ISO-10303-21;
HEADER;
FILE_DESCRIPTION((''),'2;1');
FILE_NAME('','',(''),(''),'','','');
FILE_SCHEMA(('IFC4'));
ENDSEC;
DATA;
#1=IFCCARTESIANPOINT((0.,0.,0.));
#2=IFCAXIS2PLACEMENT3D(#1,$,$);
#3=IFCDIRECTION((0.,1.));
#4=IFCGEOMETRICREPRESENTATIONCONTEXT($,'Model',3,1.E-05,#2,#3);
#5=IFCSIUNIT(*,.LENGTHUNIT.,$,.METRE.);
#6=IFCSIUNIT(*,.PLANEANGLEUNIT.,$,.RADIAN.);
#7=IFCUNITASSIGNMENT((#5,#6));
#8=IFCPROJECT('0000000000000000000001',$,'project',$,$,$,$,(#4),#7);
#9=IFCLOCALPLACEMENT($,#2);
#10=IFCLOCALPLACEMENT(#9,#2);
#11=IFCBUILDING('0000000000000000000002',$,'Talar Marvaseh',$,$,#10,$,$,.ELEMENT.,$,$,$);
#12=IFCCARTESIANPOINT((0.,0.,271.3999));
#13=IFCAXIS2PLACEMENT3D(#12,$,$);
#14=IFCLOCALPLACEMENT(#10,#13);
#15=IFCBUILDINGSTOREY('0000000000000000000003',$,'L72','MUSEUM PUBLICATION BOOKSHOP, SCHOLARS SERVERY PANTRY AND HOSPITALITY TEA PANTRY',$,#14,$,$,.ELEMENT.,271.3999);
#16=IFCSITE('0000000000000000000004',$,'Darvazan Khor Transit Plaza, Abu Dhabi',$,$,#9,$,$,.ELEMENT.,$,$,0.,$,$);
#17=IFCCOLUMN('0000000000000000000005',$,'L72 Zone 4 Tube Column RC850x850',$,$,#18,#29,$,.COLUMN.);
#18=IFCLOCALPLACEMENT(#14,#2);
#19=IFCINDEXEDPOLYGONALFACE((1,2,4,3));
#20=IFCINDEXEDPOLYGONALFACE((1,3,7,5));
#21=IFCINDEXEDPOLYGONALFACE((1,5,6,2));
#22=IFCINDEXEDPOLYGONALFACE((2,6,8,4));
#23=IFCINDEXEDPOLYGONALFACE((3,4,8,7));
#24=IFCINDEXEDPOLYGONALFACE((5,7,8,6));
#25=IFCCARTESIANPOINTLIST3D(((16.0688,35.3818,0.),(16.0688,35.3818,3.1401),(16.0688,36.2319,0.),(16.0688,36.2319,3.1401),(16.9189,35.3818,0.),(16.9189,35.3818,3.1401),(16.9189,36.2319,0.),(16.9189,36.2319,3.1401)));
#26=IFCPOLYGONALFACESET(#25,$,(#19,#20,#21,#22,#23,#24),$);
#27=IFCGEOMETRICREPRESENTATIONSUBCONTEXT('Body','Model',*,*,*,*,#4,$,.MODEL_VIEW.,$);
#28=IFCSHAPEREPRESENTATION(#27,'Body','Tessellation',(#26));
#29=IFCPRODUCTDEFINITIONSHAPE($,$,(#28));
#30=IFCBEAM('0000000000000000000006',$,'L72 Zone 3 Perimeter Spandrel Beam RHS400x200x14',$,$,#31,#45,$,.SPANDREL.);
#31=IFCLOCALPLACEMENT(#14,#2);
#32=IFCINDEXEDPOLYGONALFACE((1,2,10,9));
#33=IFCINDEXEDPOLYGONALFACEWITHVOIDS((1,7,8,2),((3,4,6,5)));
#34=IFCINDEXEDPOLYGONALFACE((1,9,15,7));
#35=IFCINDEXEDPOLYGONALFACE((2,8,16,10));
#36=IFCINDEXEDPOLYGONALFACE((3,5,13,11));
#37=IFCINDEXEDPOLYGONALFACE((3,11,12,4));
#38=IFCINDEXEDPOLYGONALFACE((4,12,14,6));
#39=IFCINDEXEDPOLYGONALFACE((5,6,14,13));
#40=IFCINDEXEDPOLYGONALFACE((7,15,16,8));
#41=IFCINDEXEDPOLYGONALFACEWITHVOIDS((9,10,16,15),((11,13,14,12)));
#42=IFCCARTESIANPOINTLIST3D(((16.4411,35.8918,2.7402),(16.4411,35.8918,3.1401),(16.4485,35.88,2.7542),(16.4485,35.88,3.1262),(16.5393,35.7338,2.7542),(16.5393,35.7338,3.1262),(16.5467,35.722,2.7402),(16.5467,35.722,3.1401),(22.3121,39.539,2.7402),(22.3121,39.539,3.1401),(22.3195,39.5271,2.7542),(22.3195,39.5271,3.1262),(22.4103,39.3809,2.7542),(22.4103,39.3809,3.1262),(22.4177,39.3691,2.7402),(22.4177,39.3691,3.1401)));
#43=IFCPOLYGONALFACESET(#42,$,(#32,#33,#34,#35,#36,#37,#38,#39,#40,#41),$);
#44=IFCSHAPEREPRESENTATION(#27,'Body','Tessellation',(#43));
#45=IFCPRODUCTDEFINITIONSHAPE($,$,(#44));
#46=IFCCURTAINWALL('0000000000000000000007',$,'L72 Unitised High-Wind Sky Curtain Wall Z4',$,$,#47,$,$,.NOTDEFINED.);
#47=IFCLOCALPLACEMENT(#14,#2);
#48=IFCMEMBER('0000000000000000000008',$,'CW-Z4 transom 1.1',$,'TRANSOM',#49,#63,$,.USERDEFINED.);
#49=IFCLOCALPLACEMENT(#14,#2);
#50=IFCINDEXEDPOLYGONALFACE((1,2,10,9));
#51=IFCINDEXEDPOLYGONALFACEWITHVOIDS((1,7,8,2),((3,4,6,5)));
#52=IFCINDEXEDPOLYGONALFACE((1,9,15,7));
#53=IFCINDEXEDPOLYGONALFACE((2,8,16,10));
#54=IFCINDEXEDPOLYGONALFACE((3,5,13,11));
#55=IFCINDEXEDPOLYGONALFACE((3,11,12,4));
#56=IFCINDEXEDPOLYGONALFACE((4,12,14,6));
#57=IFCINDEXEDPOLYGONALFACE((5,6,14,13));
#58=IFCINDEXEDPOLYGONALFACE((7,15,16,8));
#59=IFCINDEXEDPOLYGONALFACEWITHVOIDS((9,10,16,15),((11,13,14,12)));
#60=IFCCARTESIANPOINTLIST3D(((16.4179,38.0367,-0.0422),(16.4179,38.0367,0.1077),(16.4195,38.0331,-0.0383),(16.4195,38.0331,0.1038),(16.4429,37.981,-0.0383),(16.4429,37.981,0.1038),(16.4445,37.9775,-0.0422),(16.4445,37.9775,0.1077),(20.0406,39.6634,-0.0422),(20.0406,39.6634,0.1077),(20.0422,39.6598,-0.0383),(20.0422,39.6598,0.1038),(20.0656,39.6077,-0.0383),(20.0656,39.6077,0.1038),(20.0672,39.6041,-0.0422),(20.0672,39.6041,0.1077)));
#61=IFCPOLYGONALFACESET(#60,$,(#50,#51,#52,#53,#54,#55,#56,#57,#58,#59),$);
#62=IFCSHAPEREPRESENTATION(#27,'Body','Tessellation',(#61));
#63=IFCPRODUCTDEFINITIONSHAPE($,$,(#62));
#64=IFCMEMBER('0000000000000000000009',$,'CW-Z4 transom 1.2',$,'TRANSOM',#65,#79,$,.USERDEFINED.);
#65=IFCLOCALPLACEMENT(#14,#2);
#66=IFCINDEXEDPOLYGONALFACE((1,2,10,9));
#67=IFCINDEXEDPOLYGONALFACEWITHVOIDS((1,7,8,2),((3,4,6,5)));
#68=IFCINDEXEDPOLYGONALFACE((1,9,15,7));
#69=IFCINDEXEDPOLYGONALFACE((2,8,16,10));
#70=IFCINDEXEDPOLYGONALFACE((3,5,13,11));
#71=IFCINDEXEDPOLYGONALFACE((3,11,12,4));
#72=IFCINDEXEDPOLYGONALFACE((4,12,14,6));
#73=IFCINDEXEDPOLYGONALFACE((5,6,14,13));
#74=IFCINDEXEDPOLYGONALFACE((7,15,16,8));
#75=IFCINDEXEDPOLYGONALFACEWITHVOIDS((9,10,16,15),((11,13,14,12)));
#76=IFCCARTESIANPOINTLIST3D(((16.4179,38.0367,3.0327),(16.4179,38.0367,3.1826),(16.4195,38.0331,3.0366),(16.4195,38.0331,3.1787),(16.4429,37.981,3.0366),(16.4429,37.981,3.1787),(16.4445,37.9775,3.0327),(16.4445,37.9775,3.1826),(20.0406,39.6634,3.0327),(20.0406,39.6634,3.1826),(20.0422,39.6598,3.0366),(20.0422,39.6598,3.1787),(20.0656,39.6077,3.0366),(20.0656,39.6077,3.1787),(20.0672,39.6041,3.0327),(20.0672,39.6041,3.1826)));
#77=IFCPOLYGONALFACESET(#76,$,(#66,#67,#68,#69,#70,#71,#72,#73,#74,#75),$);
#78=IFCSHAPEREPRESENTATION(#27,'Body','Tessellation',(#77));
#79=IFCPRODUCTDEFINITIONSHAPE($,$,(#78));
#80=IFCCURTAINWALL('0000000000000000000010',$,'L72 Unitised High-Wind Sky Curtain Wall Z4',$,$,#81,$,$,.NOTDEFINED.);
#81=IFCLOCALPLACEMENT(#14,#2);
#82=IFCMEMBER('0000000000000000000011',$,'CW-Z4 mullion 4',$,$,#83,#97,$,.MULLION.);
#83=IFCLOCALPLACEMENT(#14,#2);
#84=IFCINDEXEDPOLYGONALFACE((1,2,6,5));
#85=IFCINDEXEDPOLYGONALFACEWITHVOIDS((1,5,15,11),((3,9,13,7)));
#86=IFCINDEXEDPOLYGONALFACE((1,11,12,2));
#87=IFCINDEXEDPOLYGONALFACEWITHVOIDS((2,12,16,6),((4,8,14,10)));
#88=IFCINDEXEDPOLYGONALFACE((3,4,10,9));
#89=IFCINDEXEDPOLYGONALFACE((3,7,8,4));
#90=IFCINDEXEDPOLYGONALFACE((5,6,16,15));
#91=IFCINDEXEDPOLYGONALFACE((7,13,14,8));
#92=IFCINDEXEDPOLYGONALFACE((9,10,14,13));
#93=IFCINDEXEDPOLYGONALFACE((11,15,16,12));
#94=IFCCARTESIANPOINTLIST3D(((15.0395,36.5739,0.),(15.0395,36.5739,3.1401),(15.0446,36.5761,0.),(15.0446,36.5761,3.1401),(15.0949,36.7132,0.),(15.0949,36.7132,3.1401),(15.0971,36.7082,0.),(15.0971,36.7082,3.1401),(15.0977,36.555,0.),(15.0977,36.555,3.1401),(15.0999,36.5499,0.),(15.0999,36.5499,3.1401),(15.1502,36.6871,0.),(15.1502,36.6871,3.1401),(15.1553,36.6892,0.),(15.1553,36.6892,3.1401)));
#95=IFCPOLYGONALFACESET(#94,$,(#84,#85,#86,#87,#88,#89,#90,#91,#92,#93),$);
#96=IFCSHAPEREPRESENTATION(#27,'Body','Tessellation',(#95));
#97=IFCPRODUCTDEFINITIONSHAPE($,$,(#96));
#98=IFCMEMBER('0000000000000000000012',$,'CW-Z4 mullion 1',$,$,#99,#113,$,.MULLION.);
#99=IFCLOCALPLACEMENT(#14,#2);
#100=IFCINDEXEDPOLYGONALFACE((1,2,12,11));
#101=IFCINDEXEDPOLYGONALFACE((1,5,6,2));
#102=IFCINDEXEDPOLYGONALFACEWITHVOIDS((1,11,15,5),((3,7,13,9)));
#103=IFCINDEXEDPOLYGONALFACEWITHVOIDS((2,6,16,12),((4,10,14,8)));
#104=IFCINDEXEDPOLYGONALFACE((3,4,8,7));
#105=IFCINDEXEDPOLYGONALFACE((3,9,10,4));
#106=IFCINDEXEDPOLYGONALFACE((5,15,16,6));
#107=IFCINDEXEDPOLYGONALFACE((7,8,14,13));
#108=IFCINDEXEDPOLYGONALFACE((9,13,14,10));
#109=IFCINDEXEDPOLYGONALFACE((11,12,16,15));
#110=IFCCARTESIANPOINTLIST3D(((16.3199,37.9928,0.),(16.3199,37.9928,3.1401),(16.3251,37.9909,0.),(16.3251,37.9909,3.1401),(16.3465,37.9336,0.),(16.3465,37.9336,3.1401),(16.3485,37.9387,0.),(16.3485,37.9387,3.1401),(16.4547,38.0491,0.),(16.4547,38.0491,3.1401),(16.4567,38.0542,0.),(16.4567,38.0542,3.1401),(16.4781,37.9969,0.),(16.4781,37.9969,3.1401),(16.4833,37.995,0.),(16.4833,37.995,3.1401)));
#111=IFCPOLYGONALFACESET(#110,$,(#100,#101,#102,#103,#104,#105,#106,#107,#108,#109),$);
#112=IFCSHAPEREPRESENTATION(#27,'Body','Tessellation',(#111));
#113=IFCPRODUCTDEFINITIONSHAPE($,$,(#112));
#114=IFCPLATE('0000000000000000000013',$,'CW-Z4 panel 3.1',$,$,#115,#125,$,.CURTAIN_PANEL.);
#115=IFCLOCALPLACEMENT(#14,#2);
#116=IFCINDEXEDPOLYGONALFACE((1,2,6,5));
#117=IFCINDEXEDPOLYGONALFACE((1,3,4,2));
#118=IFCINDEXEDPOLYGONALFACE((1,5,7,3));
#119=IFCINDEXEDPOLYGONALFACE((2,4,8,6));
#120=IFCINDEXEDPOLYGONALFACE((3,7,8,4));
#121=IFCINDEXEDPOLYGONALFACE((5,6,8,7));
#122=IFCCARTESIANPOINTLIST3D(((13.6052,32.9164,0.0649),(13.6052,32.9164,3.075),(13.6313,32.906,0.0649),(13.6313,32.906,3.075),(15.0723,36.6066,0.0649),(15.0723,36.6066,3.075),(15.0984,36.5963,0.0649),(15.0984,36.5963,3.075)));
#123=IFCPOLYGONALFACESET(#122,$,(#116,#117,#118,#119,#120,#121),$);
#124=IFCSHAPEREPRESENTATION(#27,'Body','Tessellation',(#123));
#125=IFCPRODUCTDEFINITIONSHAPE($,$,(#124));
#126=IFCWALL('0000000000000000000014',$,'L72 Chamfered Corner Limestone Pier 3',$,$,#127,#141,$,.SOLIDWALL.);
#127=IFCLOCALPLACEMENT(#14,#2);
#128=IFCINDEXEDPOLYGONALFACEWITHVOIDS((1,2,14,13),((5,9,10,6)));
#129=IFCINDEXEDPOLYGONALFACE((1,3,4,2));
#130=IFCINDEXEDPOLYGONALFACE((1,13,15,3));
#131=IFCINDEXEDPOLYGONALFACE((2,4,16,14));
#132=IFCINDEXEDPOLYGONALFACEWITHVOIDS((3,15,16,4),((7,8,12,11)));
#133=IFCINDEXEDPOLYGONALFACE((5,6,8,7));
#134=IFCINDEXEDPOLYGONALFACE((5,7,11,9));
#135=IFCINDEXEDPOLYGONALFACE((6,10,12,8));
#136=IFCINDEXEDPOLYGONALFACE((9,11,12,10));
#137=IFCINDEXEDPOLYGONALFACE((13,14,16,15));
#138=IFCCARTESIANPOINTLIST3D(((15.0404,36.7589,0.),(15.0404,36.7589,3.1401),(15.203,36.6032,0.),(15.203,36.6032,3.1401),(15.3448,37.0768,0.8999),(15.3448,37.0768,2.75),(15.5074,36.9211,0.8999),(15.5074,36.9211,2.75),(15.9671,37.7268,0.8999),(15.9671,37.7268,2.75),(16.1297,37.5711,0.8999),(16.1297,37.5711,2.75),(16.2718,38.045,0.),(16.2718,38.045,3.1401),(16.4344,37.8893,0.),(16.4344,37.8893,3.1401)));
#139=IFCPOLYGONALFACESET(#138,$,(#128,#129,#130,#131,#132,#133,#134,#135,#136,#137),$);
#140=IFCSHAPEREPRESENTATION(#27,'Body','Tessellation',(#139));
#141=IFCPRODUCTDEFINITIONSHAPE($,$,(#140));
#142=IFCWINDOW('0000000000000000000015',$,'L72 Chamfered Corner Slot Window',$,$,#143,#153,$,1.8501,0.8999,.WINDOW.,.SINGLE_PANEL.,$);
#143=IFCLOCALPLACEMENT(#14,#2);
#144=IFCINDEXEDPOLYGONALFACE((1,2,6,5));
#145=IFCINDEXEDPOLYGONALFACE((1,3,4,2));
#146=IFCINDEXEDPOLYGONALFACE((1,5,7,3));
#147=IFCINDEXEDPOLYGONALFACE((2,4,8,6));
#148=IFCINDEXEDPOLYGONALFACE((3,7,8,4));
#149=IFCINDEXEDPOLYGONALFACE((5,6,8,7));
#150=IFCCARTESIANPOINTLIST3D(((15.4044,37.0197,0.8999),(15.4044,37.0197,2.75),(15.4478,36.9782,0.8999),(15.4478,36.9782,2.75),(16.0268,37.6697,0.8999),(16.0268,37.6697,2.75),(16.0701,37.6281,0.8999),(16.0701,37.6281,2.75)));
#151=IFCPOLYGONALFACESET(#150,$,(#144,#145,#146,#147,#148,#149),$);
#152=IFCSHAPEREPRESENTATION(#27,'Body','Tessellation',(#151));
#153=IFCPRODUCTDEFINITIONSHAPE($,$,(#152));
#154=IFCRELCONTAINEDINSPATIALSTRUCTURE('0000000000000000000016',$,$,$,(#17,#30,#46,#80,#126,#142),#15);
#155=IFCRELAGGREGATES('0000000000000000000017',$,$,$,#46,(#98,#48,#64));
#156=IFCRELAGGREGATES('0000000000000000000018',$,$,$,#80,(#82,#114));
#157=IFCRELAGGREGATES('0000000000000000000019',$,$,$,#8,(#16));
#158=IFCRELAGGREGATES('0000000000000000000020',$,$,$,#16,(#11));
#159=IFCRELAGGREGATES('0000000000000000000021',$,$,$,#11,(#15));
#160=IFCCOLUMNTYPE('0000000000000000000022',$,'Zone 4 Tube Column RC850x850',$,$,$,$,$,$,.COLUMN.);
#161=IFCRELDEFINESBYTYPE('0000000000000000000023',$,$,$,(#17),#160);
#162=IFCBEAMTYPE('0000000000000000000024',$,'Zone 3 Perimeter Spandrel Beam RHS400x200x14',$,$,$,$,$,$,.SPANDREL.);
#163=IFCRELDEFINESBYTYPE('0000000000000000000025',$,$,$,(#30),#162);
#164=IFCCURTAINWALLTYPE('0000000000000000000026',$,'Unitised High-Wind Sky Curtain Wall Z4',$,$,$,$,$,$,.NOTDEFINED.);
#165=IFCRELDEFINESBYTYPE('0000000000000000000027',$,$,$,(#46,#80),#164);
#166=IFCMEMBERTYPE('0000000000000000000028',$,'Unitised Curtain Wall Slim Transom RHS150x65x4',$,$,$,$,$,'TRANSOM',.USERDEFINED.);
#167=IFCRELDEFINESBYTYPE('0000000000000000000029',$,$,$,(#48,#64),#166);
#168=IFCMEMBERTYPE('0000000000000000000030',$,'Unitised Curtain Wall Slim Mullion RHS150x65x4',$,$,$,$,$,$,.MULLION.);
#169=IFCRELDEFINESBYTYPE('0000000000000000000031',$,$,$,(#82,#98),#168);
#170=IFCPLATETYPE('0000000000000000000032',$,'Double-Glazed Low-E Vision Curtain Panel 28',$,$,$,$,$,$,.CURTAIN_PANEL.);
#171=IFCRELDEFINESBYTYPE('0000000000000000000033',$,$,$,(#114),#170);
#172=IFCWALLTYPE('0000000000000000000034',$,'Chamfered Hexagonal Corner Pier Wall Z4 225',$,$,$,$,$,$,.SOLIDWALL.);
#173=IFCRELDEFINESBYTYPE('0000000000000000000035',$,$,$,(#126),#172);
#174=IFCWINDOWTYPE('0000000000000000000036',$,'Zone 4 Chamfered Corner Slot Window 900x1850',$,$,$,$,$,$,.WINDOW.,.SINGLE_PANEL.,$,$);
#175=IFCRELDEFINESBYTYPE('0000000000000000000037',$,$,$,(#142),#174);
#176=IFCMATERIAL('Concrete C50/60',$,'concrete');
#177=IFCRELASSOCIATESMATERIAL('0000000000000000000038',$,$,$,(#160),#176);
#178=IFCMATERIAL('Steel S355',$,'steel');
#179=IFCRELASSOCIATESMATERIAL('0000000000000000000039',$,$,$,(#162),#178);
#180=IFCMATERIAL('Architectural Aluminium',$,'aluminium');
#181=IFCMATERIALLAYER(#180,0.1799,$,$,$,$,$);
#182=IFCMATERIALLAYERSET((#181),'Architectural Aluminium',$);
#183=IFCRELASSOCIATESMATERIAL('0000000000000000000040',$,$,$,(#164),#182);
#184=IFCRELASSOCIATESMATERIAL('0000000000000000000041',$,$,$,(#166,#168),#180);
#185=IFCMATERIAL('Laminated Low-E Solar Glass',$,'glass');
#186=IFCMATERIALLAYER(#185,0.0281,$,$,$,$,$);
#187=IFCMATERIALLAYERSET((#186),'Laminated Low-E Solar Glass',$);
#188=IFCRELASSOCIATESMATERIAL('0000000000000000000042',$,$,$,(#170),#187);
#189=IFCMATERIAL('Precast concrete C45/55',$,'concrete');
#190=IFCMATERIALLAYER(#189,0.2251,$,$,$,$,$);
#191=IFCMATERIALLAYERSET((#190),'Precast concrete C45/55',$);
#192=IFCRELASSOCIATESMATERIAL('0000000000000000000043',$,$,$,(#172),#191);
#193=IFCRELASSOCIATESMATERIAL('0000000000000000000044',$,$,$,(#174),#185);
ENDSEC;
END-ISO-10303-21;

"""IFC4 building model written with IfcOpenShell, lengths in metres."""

from ifc_helpers import new_model, si_unit, direction, frame, frame_2d, origin, origin_2d, place, context, subcontext, project, spatial, rectangle, hollow_rectangle, extrude, source, transform, mapped, material, layer, layer_set, material_profile, profile_set, type_object, type_shapes, element, fill, aggregate, save


model = new_model("IFC4")

# Units and contexts
model_context = context("Model", 3, precision=1e-05, world=origin(), true_north=direction((0.0, 1.0)))
body_context = subcontext(model_context, "Body", "Model", "MODEL_VIEW")
ifc_project = project(units=[si_unit("LENGTHUNIT", "METRE"), si_unit("PLANEANGLEUNIT", "RADIAN")], contexts=[model_context])

# Site, building, storey
site_placement = place(None, origin())
site = spatial("IfcSite", under=ifc_project, at=site_placement, Name="Darvazan Khor Transit Plaza, Abu Dhabi", CompositionType="ELEMENT", RefElevation=0.0)
building_placement = place(site_placement, origin())
building = spatial("IfcBuilding", under=site, at=building_placement, Name="Talar Marvaseh", CompositionType="ELEMENT")
storey_placement = place(building_placement, frame((0.0, 0.0, 271.3999)))
storey = spatial("IfcBuildingStorey", under=building, at=storey_placement, Name="L72", Description="MUSEUM PUBLICATION BOOKSHOP, SCHOLARS SERVERY PANTRY AND HOSPITALITY TEA PANTRY", CompositionType="ELEMENT", Elevation=271.3999)

# Column
ifc_material_1 = material(Name="Concrete C50/60", Category="concrete")
ifc_material_profile_1 = material_profile(ifc_material_1, rectangle(XDim=0.8501, YDim=0.8501, at=origin_2d()), Name="RC850x850")
ifc_profile_set_1 = profile_set([ifc_material_profile_1], Name="Concrete C50/60")
column_type = type_object("IfcColumnType", Name="Zone 4 Tube Column RC850x850", PredefinedType="COLUMN", material=ifc_profile_set_1)
column_placement = place(storey_placement, frame((16.4939, 35.8069, 0.0), z_axis=(0.0, 0.0, 1.0), x_axis=(1.0, 0.0, 0.0)))
element("IfcColumn", 1, at=column_placement, inside=storey, type_object=column_type, Name="L72 Zone 4 Tube Column RC850x850", PredefinedType="COLUMN", context=body_context, shape_type="SweptSolid", body=[
    extrude(rectangle(XDim=0.8501, YDim=0.8501, at=origin_2d()), origin(), (0.0, 0.0, 1.0), 3.1401),
])

# Beam
ifc_material_2 = material(Name="Steel S355", Category="steel")
ifc_material_profile_2 = material_profile(ifc_material_2, hollow_rectangle(XDim=0.2, YDim=0.3999, WallThickness=0.0139, at=origin_2d()), Name="RHS400x200x14")
ifc_profile_set_2 = profile_set([ifc_material_profile_2], Name="Steel S355")
beam_type = type_object("IfcBeamType", Name="Zone 3 Perimeter Spandrel Beam RHS400x200x14", PredefinedType="SPANDREL", material=ifc_profile_set_2)
beam_placement = place(storey_placement, frame((16.4939, 35.8069, 2.9402), z_axis=(0.84944, 0.527686, 0.0), x_axis=(-0.527686, 0.84944, 0.0)))
element("IfcBeam", 2, at=beam_placement, inside=storey, type_object=beam_type, Name="L72 Zone 3 Perimeter Spandrel Beam RHS400x200x14", PredefinedType="SPANDREL", context=body_context, shape_type="SweptSolid", body=[
    extrude(hollow_rectangle(XDim=0.2, YDim=0.3999, WallThickness=0.0139, at=origin_2d()), origin(), (0.0, 0.0, 1.0), 6.9116),
])

# Curtain wall, members
ifc_material_3 = material(Name="Architectural Aluminium", Category="aluminium")
ifc_layer_1 = layer(ifc_material_3, 0.1799)
ifc_layer_set_1 = layer_set([ifc_layer_1], Name="Architectural Aluminium")
curtain_wall_type = type_object("IfcCurtainWallType", Name="Unitised High-Wind Sky Curtain Wall Z4", PredefinedType="NOTDEFINED", material=ifc_layer_set_1)
curtain_wall_1_placement = place(storey_placement, origin())
curtain_wall_1 = element("IfcCurtainWall", 3, at=curtain_wall_1_placement, inside=storey, type_object=curtain_wall_type, Name="L72 Unitised High-Wind Sky Curtain Wall Z4", PredefinedType="NOTDEFINED")
ifc_material_profile_3 = material_profile(ifc_material_3, hollow_rectangle(XDim=0.0649, YDim=0.1499, WallThickness=0.0039, at=origin_2d()), Name="RHS150x65x4")
ifc_profile_set_3 = profile_set([ifc_material_profile_3], Name="Architectural Aluminium")
member_type_1 = type_object("IfcMemberType", Name="Unitised Curtain Wall Slim Transom RHS150x65x4", ElementType="TRANSOM", PredefinedType="USERDEFINED", material=ifc_profile_set_3)
shared_shape_1 = source(origin(), body_context, "Body", "SweptSolid", [
    extrude(hollow_rectangle(XDim=0.0649, YDim=0.1499, WallThickness=0.0039, at=origin_2d()), origin(), (0.0, 0.0, 1.0), 3.9712),
])
type_shapes(member_type_1, [shared_shape_1])
member_1_placement = place(storey_placement, frame((16.4312, 38.0071, 0.0327), z_axis=(0.912256, 0.409621, 0.0), x_axis=(-0.409621, 0.912256, 0.0)))
member_1 = element("IfcMember", 4, at=member_1_placement, type_object=member_type_1, Name="CW-Z4 transom 1.1", ObjectType="TRANSOM", PredefinedType="USERDEFINED", context=body_context, shape_type="MappedRepresentation", body=[
    mapped(shared_shape_1, transform((0.0, 0.0, 0.0), x_axis=(1.0, 0.0, 0.0), y_axis=(0.0, 1.0, 0.0), z_axis=(0.0, 0.0, 1.0), scale=1.0)),
])
member_2_placement = place(storey_placement, frame((16.4312, 38.0071, 3.1077), z_axis=(0.912256, 0.409621, 0.0), x_axis=(-0.409621, 0.912256, 0.0)))
member_2 = element("IfcMember", 5, at=member_2_placement, type_object=member_type_1, Name="CW-Z4 transom 1.2", ObjectType="TRANSOM", PredefinedType="USERDEFINED", context=body_context, shape_type="MappedRepresentation", body=[
    mapped(shared_shape_1, transform((0.0, 0.0, 0.0), x_axis=(1.0, 0.0, 0.0), y_axis=(0.0, 1.0, 0.0), z_axis=(0.0, 0.0, 1.0), scale=1.0)),
])

# Curtain wall, member
curtain_wall_2_placement = place(storey_placement, origin())
curtain_wall_2 = element("IfcCurtainWall", 6, at=curtain_wall_2_placement, inside=storey, type_object=curtain_wall_type, Name="L72 Unitised High-Wind Sky Curtain Wall Z4", PredefinedType="NOTDEFINED")
ifc_material_profile_4 = material_profile(ifc_material_3, hollow_rectangle(XDim=0.0649, YDim=0.1499, WallThickness=0.0039, at=origin_2d()), Name="RHS150x65x4")
ifc_profile_set_4 = profile_set([ifc_material_profile_4], Name="Architectural Aluminium")
member_type_2 = type_object("IfcMemberType", Name="Unitised Curtain Wall Slim Mullion RHS150x65x4", PredefinedType="MULLION", material=ifc_profile_set_4)
shared_shape_2 = source(origin(), body_context, "Body", "SweptSolid", [
    extrude(hollow_rectangle(XDim=0.0649, YDim=0.1499, WallThickness=0.0039, at=origin_2d()), origin(), (0.0, 0.0, 1.0), 3.1401),
])
type_shapes(member_type_2, [shared_shape_2])
member_3_placement = place(storey_placement, frame((15.0974, 36.6316, 0.0), z_axis=(0.0, 0.0, 1.0), x_axis=(-0.92925, 0.36945, 0.0)))
member_3 = element("IfcMember", 7, at=member_3_placement, type_object=member_type_2, Name="CW-Z4 mullion 4", PredefinedType="MULLION", context=body_context, shape_type="MappedRepresentation", body=[
    mapped(shared_shape_2, transform((0.0, 0.0, 0.0), x_axis=(1.0, 0.0, 0.0), y_axis=(0.0, 1.0, 0.0), z_axis=(0.0, 0.0, 1.0), scale=1.0)),
])

# Member
member_4_placement = place(storey_placement, frame((16.4016, 37.9939, 0.0), z_axis=(0.0, 0.0, 1.0), x_axis=(-0.409635, 0.912249, 0.0)))
member_4 = element("IfcMember", 8, at=member_4_placement, type_object=member_type_2, Name="CW-Z4 mullion 1", PredefinedType="MULLION", context=body_context, shape_type="MappedRepresentation", body=[
    mapped(shared_shape_2, transform((0.0, 0.0, 0.0), x_axis=(1.0, 0.0, 0.0), y_axis=(0.0, 1.0, 0.0), z_axis=(0.0, 0.0, 1.0), scale=1.0)),
])
aggregate(curtain_wall_1, [member_4, member_1, member_2])

# Plate
ifc_material_4 = material(Name="Laminated Low-E Solar Glass", Category="glass")
ifc_layer_2 = layer(ifc_material_4, 0.0281)
ifc_layer_set_2 = layer_set([ifc_layer_2], Name="Laminated Low-E Solar Glass")
plate_type = type_object("IfcPlateType", Name="Double-Glazed Low-E Vision Curtain Panel 28", PredefinedType="CURTAIN_PANEL", material=ifc_layer_set_2)
shared_shape_3 = source(origin(), body_context, "Body", "SweptSolid", [
    extrude(rectangle(XDim=3.9712, YDim=0.0281, at=origin_2d()), origin(), (0.0, 0.0, 1.0), 3.01),
])
type_shapes(plate_type, [shared_shape_3])
plate_placement = place(storey_placement, frame((14.3518, 34.7563, 0.0649), z_axis=(0.0, 0.0, 1.0), x_axis=(0.36945, 0.92925, 0.0)))
plate = element("IfcPlate", 9, at=plate_placement, type_object=plate_type, Name="CW-Z4 panel 3.1", PredefinedType="CURTAIN_PANEL", context=body_context, shape_type="MappedRepresentation", body=[
    mapped(shared_shape_3, transform((0.0, 0.0, 0.0), x_axis=(1.0, 0.0, 0.0), y_axis=(0.0, 1.0, 0.0), z_axis=(0.0, 0.0, 1.0), scale=1.0)),
])
aggregate(curtain_wall_2, [member_3, plate])

# Wall, opening, window
ifc_material_5 = material(Name="Precast concrete C45/55", Category="concrete")
ifc_layer_3 = layer(ifc_material_5, 0.2251)
ifc_layer_set_3 = layer_set([ifc_layer_3], Name="Precast concrete C45/55")
wall_type_1 = type_object("IfcWallType", Name="Chamfered Hexagonal Corner Pier Wall Z4 225", PredefinedType="SOLIDWALL", material=ifc_layer_set_3)
wall_1_placement = place(storey_placement, frame((15.1218, 36.6812, 0.0), z_axis=(0.0, 0.0, 1.0), x_axis=(0.691584, 0.722296, 0.0)))
wall_1 = element("IfcWall", 10, at=wall_1_placement, inside=storey, type_object=wall_type_1, Name="L72 Chamfered Corner Limestone Pier 3", PredefinedType="SOLIDWALL", context=body_context, shape_type="SweptSolid", body=[
    extrude(rectangle(XDim=1.7805, YDim=0.2251, at=frame_2d((0.8901, 0.0))), origin(), (0.0, 0.0, 1.0), 3.1401),
])
opening_1_placement = place(wall_1_placement, frame((0.4399, 0.0, 0.8999)))
opening_1 = element("IfcOpeningElement", 11, at=opening_1_placement, cuts=wall_1, PredefinedType="OPENING", context=body_context, shape_type="SweptSolid", body=[
    extrude(rectangle(XDim=0.8999, YDim=1.8501, at=frame_2d((0.45, 0.925))), frame((0.0, 0.1226, 0.0), z_axis=(0.0, -1.0, 0.0), x_axis=(1.0, 0.0, 0.0)), (0.0, 0.0, 1.0), 0.2451),
])
window_type = type_object("IfcWindowType", Name="Zone 4 Chamfered Corner Slot Window 900x1850", PartitioningType="SINGLE_PANEL", PredefinedType="WINDOW", material=ifc_material_4)
shared_shape_4 = source(origin(), body_context, "Body", "SweptSolid", [
    extrude(rectangle(XDim=0.8999, YDim=1.8501, at=frame_2d((0.45, 0.925))), frame((0.0, 0.03, 0.0), z_axis=(0.0, -1.0, 0.0), x_axis=(1.0, 0.0, 0.0)), (0.0, 0.0, 1.0), 0.0601),
])
type_shapes(window_type, [shared_shape_4])
window_placement = place(opening_1_placement, origin())
window = element("IfcWindow", 12, at=window_placement, inside=storey, type_object=window_type, Name="L72 Chamfered Corner Slot Window", OverallHeight=1.8501, OverallWidth=0.8999, PartitioningType="SINGLE_PANEL", PredefinedType="WINDOW", context=body_context, shape_type="MappedRepresentation", body=[
    mapped(shared_shape_4, transform((0.0, 0.0, 0.0), x_axis=(1.0, 0.0, 0.0), y_axis=(0.0, 1.0, 0.0), z_axis=(0.0, 0.0, 1.0), scale=1.0)),
])
fill(opening_1, window)

save(model, "model.ifc")
